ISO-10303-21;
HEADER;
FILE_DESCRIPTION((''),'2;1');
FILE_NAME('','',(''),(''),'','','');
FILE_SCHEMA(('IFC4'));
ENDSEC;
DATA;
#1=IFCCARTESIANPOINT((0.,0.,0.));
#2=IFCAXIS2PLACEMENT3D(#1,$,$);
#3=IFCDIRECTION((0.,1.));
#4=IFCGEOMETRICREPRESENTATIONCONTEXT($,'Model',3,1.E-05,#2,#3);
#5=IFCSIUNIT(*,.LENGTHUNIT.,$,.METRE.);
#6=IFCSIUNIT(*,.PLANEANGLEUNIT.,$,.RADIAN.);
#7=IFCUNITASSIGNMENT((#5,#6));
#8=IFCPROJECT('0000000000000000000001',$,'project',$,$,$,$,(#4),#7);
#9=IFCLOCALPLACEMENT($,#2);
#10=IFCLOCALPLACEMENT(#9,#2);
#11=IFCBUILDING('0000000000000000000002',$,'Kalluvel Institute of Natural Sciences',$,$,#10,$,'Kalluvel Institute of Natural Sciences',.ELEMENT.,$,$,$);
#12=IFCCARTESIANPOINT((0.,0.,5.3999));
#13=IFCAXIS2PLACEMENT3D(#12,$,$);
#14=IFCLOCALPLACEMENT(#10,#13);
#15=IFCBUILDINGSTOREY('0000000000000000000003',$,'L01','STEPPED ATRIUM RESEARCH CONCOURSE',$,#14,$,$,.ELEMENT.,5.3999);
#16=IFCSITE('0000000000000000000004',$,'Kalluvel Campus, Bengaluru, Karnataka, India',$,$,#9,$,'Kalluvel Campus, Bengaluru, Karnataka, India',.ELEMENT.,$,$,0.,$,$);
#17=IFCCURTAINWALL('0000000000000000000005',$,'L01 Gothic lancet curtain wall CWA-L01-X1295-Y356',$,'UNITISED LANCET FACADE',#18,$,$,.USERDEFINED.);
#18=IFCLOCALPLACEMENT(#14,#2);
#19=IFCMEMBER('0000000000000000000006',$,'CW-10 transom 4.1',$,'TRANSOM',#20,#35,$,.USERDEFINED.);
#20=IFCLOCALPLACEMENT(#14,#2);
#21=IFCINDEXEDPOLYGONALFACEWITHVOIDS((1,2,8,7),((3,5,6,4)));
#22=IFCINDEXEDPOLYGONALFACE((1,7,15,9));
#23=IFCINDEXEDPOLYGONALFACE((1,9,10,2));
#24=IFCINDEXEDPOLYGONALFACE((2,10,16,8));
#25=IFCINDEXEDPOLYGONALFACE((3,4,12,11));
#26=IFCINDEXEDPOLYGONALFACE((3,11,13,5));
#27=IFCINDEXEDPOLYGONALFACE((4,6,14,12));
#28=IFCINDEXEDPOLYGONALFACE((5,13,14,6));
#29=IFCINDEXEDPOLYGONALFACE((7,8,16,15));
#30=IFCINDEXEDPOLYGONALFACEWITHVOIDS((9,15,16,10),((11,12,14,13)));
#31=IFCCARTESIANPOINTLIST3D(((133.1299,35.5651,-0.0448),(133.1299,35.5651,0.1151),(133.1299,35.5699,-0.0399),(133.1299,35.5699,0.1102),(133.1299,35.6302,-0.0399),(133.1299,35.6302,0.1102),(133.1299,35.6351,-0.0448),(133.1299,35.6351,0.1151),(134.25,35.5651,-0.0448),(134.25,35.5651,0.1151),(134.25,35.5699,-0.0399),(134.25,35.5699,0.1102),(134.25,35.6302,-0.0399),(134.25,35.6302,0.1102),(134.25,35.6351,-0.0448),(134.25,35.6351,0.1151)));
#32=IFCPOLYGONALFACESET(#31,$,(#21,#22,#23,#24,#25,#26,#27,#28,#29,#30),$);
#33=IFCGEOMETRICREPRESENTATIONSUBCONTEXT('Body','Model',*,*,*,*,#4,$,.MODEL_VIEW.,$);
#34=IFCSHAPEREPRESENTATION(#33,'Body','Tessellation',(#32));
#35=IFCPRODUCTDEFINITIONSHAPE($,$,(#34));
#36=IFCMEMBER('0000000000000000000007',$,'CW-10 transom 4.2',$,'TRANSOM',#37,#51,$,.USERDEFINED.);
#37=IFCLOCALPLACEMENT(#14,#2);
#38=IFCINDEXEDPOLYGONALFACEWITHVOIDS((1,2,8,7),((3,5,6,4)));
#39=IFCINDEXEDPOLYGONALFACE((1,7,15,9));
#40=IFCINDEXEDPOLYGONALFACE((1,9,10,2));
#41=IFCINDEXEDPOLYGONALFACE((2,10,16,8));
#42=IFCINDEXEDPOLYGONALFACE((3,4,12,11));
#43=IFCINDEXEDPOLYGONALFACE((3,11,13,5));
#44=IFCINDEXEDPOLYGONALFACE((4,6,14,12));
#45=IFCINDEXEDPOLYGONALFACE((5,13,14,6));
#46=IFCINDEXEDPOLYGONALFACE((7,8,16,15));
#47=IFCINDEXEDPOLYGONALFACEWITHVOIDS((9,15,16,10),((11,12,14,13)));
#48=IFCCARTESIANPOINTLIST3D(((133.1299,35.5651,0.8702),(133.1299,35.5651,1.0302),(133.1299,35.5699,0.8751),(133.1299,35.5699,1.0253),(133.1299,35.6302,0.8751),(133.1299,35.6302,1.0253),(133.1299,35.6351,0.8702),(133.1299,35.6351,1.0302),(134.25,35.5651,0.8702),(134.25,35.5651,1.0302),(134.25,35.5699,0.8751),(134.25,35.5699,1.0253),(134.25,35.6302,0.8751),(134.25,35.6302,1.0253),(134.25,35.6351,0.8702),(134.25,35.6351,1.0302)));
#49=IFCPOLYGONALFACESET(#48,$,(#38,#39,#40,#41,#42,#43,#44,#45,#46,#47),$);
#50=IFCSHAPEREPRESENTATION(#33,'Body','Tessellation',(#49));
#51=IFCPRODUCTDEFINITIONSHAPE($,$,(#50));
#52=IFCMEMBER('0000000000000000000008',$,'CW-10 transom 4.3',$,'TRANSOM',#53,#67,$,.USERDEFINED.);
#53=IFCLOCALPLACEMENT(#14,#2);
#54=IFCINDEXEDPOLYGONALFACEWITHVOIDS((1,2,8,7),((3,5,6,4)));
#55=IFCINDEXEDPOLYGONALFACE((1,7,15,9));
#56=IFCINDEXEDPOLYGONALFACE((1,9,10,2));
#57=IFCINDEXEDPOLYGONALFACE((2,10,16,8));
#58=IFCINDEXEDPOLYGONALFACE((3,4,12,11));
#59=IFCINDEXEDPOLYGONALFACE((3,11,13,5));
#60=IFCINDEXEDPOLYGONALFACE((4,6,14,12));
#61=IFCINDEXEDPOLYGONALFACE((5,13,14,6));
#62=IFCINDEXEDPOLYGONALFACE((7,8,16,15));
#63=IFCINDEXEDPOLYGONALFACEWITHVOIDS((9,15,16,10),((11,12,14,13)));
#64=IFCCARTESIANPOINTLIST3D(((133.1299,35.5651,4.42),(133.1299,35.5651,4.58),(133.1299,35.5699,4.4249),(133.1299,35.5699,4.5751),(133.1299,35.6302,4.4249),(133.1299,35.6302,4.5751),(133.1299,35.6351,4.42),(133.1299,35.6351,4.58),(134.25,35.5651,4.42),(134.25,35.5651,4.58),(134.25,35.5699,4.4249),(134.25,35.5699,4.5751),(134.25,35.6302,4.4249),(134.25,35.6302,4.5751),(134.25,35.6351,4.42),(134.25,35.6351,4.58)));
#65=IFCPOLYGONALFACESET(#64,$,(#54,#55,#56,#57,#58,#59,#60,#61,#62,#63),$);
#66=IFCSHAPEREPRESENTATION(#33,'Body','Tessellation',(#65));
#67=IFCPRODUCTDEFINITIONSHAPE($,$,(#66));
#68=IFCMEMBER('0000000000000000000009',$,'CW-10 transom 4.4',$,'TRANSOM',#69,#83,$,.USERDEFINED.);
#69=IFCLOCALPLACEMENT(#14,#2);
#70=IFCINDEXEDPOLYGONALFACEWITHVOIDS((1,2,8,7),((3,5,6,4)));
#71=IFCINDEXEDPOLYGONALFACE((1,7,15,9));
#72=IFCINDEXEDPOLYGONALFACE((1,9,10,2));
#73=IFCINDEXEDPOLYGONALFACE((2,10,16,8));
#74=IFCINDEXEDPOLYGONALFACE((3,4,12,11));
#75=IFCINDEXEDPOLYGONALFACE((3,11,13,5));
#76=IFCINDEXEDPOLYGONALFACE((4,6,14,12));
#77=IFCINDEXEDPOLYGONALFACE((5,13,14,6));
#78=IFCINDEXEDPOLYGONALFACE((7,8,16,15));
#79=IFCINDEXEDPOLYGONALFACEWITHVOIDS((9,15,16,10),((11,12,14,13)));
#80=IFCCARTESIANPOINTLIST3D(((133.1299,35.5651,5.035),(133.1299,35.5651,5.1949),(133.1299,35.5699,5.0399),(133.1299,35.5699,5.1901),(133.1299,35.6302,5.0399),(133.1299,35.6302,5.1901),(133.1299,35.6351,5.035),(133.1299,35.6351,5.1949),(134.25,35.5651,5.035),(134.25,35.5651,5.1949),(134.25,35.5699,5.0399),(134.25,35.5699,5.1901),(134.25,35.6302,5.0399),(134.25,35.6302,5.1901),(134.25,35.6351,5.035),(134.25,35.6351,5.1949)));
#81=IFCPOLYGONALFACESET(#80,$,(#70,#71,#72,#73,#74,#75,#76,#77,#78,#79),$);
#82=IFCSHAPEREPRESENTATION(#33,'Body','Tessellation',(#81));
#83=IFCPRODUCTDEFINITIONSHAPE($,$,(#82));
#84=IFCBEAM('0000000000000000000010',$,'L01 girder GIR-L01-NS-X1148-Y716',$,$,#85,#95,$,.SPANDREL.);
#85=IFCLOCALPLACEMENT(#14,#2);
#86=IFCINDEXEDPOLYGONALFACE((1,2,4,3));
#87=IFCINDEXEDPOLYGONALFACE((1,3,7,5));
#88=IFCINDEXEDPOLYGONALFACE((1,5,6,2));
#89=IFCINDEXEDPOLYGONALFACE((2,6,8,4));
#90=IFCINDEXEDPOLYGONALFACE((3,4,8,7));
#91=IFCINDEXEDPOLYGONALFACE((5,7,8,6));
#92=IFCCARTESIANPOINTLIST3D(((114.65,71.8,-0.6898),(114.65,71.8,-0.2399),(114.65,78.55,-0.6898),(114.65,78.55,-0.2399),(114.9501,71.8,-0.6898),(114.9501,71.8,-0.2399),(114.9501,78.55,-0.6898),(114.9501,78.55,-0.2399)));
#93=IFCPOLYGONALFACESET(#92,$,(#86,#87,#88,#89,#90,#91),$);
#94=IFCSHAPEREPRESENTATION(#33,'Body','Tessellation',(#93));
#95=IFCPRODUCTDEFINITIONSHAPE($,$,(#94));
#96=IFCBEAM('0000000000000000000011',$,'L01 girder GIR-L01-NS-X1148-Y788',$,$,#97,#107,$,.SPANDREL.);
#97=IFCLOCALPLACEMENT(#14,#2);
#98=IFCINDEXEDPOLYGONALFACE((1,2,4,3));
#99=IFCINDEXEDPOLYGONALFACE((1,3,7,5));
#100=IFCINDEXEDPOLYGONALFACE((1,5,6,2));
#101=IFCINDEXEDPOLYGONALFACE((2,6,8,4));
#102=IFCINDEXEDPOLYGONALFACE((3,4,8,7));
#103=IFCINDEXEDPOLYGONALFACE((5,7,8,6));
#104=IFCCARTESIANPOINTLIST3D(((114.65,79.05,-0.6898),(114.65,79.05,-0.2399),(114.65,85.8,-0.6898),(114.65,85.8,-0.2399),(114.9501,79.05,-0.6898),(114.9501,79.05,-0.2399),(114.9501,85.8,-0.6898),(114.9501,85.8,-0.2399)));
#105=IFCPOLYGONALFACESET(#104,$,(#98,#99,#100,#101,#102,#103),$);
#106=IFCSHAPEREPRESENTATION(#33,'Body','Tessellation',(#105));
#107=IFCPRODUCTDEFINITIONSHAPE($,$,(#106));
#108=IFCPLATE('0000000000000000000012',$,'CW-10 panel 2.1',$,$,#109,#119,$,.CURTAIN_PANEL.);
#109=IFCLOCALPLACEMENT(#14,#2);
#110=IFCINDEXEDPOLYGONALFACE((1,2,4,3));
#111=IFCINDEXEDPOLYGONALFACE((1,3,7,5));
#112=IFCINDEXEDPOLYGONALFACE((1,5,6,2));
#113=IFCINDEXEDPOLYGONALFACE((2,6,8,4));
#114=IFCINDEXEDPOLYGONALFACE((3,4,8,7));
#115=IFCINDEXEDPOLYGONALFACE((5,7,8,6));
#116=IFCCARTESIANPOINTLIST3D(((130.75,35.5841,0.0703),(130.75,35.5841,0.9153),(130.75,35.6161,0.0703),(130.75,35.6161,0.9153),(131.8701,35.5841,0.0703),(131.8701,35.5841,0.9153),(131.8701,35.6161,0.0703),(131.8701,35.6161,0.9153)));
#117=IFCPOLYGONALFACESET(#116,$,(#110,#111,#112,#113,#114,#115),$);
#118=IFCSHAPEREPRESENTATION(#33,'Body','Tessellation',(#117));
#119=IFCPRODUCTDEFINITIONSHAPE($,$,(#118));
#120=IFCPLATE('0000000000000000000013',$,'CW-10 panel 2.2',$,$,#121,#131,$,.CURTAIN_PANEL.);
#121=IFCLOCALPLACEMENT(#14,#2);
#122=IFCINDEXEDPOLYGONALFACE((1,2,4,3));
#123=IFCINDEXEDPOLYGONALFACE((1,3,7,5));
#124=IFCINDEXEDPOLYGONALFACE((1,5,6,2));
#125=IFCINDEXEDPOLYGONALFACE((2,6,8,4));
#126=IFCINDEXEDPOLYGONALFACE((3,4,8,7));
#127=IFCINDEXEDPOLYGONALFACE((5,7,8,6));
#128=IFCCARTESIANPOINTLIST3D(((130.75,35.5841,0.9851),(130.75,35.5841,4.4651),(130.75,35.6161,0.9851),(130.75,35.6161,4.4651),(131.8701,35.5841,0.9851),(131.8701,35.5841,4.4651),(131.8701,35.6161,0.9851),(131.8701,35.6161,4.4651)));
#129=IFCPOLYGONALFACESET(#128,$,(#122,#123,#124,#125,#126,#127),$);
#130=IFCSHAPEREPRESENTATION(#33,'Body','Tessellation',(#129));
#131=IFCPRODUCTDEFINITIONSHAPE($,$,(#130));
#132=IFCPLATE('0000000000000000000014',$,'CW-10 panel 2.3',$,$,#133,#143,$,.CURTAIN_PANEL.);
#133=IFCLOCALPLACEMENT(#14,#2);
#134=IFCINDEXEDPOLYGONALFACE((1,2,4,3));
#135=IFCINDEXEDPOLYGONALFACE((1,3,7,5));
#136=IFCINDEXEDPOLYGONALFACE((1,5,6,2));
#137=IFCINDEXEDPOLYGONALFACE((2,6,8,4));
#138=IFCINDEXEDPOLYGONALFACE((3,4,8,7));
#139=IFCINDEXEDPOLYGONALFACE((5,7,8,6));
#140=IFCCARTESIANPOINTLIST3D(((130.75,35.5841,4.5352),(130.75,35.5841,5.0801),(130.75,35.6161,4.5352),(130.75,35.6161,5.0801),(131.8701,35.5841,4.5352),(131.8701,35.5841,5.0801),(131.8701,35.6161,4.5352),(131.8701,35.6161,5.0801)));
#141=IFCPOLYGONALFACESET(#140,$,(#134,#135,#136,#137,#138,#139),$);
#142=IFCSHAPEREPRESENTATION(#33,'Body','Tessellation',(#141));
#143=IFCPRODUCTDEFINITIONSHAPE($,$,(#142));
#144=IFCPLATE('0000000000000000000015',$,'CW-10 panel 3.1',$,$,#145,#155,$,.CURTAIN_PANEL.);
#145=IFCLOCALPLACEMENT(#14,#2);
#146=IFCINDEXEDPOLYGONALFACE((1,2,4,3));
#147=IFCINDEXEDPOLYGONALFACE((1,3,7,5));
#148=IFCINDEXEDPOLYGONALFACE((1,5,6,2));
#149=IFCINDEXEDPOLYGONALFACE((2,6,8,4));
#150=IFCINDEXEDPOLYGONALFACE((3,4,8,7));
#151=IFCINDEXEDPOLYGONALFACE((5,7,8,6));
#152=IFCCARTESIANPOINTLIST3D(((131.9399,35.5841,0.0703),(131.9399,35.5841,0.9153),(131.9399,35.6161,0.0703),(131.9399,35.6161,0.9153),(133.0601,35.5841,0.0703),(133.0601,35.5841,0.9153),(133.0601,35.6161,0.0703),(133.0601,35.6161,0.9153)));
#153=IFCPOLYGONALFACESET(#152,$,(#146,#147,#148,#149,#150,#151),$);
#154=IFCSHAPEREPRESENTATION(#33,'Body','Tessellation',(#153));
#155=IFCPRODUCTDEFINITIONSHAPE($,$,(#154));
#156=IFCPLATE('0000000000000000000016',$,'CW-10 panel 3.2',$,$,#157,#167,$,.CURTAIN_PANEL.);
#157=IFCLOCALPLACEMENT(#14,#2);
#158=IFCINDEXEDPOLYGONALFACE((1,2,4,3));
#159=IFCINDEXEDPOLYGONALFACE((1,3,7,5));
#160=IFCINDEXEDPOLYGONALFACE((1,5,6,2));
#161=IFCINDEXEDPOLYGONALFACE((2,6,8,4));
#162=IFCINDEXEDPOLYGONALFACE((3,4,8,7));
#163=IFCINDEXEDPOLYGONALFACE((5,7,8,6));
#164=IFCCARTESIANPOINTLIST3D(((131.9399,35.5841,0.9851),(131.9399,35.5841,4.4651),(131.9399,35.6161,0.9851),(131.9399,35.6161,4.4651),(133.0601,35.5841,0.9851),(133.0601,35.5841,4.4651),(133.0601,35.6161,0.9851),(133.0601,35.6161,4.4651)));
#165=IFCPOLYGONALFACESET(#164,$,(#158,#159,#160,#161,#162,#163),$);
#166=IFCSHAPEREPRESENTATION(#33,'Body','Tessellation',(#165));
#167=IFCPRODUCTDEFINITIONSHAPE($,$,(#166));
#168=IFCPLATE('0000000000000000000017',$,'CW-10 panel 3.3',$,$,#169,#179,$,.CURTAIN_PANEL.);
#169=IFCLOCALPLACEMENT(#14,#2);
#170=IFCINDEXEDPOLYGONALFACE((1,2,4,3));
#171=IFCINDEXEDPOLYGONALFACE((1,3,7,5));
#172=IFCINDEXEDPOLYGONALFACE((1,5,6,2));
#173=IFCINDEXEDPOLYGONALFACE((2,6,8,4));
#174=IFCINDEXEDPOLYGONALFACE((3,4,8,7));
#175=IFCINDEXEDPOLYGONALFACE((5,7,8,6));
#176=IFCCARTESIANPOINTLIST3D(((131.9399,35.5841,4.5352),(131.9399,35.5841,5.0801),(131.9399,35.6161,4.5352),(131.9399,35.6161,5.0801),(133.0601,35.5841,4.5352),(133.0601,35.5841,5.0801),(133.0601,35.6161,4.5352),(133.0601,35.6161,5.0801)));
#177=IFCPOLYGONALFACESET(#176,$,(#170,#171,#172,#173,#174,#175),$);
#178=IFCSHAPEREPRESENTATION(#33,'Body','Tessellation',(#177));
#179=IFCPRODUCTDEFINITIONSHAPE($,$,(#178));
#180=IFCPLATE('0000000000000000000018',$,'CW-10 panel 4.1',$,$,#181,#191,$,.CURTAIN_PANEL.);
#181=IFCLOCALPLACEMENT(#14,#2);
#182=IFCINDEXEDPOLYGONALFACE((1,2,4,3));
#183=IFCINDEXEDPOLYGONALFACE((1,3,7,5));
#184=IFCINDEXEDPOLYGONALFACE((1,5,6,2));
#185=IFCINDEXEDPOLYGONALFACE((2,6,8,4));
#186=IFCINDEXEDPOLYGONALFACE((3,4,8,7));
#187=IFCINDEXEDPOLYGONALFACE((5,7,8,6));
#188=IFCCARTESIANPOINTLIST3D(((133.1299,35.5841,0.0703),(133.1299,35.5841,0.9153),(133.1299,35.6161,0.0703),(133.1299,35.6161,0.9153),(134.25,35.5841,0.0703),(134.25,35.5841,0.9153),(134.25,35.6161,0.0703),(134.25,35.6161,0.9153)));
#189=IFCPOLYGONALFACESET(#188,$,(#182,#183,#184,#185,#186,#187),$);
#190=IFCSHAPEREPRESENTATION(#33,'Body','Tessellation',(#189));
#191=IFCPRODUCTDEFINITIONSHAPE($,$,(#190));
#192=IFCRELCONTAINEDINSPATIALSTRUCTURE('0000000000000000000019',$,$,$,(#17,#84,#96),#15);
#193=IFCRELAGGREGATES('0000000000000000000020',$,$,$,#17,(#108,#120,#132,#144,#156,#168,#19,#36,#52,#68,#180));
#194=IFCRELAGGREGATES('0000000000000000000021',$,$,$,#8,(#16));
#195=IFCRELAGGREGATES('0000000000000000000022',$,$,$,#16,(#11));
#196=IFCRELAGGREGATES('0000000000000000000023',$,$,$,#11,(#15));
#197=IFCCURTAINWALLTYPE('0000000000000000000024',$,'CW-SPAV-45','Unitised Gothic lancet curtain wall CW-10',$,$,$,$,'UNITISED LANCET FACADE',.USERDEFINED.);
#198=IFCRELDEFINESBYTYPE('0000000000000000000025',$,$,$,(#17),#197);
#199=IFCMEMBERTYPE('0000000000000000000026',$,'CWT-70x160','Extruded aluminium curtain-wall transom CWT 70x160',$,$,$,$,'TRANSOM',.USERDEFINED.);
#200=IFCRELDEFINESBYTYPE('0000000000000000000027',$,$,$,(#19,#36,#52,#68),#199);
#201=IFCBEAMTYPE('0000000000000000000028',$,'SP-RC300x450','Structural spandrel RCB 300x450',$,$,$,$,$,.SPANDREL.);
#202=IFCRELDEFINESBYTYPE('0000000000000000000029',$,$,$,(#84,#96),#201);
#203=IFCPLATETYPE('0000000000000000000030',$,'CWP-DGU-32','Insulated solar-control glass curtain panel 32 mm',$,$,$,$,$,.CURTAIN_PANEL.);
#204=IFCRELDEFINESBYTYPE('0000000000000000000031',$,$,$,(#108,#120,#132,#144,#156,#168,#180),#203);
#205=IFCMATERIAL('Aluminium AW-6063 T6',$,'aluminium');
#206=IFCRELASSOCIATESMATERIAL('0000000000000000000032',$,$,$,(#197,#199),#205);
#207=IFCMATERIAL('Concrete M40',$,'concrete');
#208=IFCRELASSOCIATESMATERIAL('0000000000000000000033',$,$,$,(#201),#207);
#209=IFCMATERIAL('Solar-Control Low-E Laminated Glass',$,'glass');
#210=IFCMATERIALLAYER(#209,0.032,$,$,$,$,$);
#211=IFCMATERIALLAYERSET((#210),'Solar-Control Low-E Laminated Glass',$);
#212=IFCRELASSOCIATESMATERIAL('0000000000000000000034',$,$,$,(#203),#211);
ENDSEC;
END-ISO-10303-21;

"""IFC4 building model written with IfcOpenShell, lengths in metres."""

from ifc_helpers import new_model, si_unit, direction, frame, origin, origin_2d, place, context, subcontext, project, spatial, rectangle, hollow_rectangle, extrude, material, layer, layer_set, material_profile, profile_set, type_object, element, aggregate, save


model = new_model("IFC4")

# Units and contexts
model_context = context("Model", 3, precision=1e-05, world=origin(), true_north=direction((0.0, 1.0)))
body_context = subcontext(model_context, "Body", "Model", "MODEL_VIEW")
ifc_project = project(units=[si_unit("LENGTHUNIT", "METRE"), si_unit("PLANEANGLEUNIT", "RADIAN")], contexts=[model_context])

# Site, building, storey
site_placement = place(None, origin())
site = spatial("IfcSite", under=ifc_project, at=site_placement, Name="Kalluvel Campus, Bengaluru, Karnataka, India", LongName="Kalluvel Campus, Bengaluru, Karnataka, India", CompositionType="ELEMENT", RefElevation=0.0)
building_placement = place(site_placement, origin())
building = spatial("IfcBuilding", under=site, at=building_placement, Name="Kalluvel Institute of Natural Sciences", LongName="Kalluvel Institute of Natural Sciences", CompositionType="ELEMENT")
storey_placement = place(building_placement, frame((0.0, 0.0, 5.3999)))
storey = spatial("IfcBuildingStorey", under=building, at=storey_placement, Name="L01", Description="STEPPED ATRIUM RESEARCH CONCOURSE", CompositionType="ELEMENT", Elevation=5.3999)

# Curtain wall, members
ifc_material_1 = material(Name="Aluminium AW-6063 T6", Category="aluminium")
curtain_wall_type = type_object("IfcCurtainWallType", Name="CW-SPAV-45", Description="Unitised Gothic lancet curtain wall CW-10", ElementType="UNITISED LANCET FACADE", PredefinedType="USERDEFINED", material=ifc_material_1)
curtain_wall_placement = place(storey_placement, origin())
curtain_wall = element("IfcCurtainWall", 1, at=curtain_wall_placement, inside=storey, type_object=curtain_wall_type, Name="L01 Gothic lancet curtain wall CWA-L01-X1295-Y356", ObjectType="UNITISED LANCET FACADE", PredefinedType="USERDEFINED")
ifc_material_profile_1 = material_profile(ifc_material_1, hollow_rectangle(XDim=0.0701, YDim=0.1599, WallThickness=0.0049, at=origin_2d()), Name="CWT 70x160")
ifc_profile_set_1 = profile_set([ifc_material_profile_1], Name="Aluminium AW-6063 T6")
member_type_1 = type_object("IfcMemberType", Name="CWT-70x160", Description="Extruded aluminium curtain-wall transom CWT 70x160", ElementType="TRANSOM", PredefinedType="USERDEFINED", material=ifc_profile_set_1)
member_1_placement = place(storey_placement, frame((133.1299, 35.6001, 0.0352), z_axis=(1.0, 0.0, 0.0), x_axis=(0.0, 1.0, 0.0)))
member_1 = element("IfcMember", 2, at=member_1_placement, type_object=member_type_1, Name="CW-10 transom 4.1", ObjectType="TRANSOM", PredefinedType="USERDEFINED", context=body_context, shape_type="SweptSolid", body=[
    extrude(hollow_rectangle(XDim=0.0701, YDim=0.1599, WallThickness=0.0049, at=origin_2d()), origin(), (0.0, 0.0, 1.0), 1.1201),
])
member_2_placement = place(storey_placement, frame((133.1299, 35.6001, 0.9502), z_axis=(1.0, 0.0, 0.0), x_axis=(0.0, 1.0, 0.0)))
member_2 = element("IfcMember", 3, at=member_2_placement, type_object=member_type_1, Name="CW-10 transom 4.2", ObjectType="TRANSOM", PredefinedType="USERDEFINED", context=body_context, shape_type="SweptSolid", body=[
    extrude(hollow_rectangle(XDim=0.0701, YDim=0.1599, WallThickness=0.0049, at=origin_2d()), origin(), (0.0, 0.0, 1.0), 1.1201),
])
member_3_placement = place(storey_placement, frame((133.1299, 35.6001, 4.5), z_axis=(1.0, 0.0, 0.0), x_axis=(0.0, 1.0, 0.0)))
member_3 = element("IfcMember", 4, at=member_3_placement, type_object=member_type_1, Name="CW-10 transom 4.3", ObjectType="TRANSOM", PredefinedType="USERDEFINED", context=body_context, shape_type="SweptSolid", body=[
    extrude(hollow_rectangle(XDim=0.0701, YDim=0.1599, WallThickness=0.0049, at=origin_2d()), origin(), (0.0, 0.0, 1.0), 1.1201),
])
member_4_placement = place(storey_placement, frame((133.1299, 35.6001, 5.115), z_axis=(1.0, 0.0, 0.0), x_axis=(0.0, 1.0, 0.0)))
member_4 = element("IfcMember", 5, at=member_4_placement, type_object=member_type_1, Name="CW-10 transom 4.4", ObjectType="TRANSOM", PredefinedType="USERDEFINED", context=body_context, shape_type="SweptSolid", body=[
    extrude(hollow_rectangle(XDim=0.0701, YDim=0.1599, WallThickness=0.0049, at=origin_2d()), origin(), (0.0, 0.0, 1.0), 1.1201),
])

# Beams
ifc_material_2 = material(Name="Concrete M40", Category="concrete")
ifc_material_profile_2 = material_profile(ifc_material_2, rectangle(XDim=0.3, YDim=0.45, at=origin_2d()), Name="RCB 300x450")
ifc_profile_set_2 = profile_set([ifc_material_profile_2], Name="Concrete M40")
beam_type = type_object("IfcBeamType", Name="SP-RC300x450", Description="Structural spandrel RCB 300x450", PredefinedType="SPANDREL", material=ifc_profile_set_2)
for number, where, z_axis, x_axis, name in (
    (6, (114.8, 71.8, -0.4648), (0.0, 1.0, 0.0), (-1.0, 0.0, 0.0), "L01 girder GIR-L01-NS-X1148-Y716"),
    (7, (114.8, 79.05, -0.4648), (0.0, 1.0, 0.0), (-1.0, 0.0, 0.0), "L01 girder GIR-L01-NS-X1148-Y788"),
):
    element("IfcBeam", number, at=place(storey_placement, frame(where, z_axis=z_axis, x_axis=x_axis)), inside=storey, type_object=beam_type, Name=name, PredefinedType="SPANDREL", context=body_context, shape_type="SweptSolid", body=[
        extrude(rectangle(XDim=0.3, YDim=0.45, at=origin_2d()), origin(), (0.0, 0.0, 1.0), 6.75),
    ])

# Plates
ifc_material_3 = material(Name="Solar-Control Low-E Laminated Glass", Category="glass")
ifc_layer = layer(ifc_material_3, 0.032)
ifc_layer_set = layer_set([ifc_layer], Name="Solar-Control Low-E Laminated Glass")
plate_type = type_object("IfcPlateType", Name="CWP-DGU-32", Description="Insulated solar-control glass curtain panel 32 mm", PredefinedType="CURTAIN_PANEL", material=ifc_layer_set)
plate_1_placement = place(storey_placement, frame((131.3101, 35.6001, 0.0703), z_axis=(0.0, 0.0, 1.0), x_axis=(1.0, 0.0, 0.0)))
plate_1 = element("IfcPlate", 8, at=plate_1_placement, type_object=plate_type, Name="CW-10 panel 2.1", PredefinedType="CURTAIN_PANEL", context=body_context, shape_type="SweptSolid", body=[
    extrude(rectangle(XDim=1.1201, YDim=0.032, at=origin_2d()), origin(), (0.0, 0.0, 1.0), 0.845),
])
plate_2_placement = place(storey_placement, frame((131.3101, 35.6001, 0.9851), z_axis=(0.0, 0.0, 1.0), x_axis=(1.0, 0.0, 0.0)))
plate_2 = element("IfcPlate", 9, at=plate_2_placement, type_object=plate_type, Name="CW-10 panel 2.2", PredefinedType="CURTAIN_PANEL", context=body_context, shape_type="SweptSolid", body=[
    extrude(rectangle(XDim=1.1201, YDim=0.032, at=origin_2d()), origin(), (0.0, 0.0, 1.0), 3.48),
])
plate_3_placement = place(storey_placement, frame((131.3101, 35.6001, 4.5352), z_axis=(0.0, 0.0, 1.0), x_axis=(1.0, 0.0, 0.0)))
plate_3 = element("IfcPlate", 10, at=plate_3_placement, type_object=plate_type, Name="CW-10 panel 2.3", PredefinedType="CURTAIN_PANEL", context=body_context, shape_type="SweptSolid", body=[
    extrude(rectangle(XDim=1.1201, YDim=0.032, at=origin_2d()), origin(), (0.0, 0.0, 1.0), 0.5449),
])
plate_4_placement = place(storey_placement, frame((132.5, 35.6001, 0.0703), z_axis=(0.0, 0.0, 1.0), x_axis=(1.0, 0.0, 0.0)))
plate_4 = element("IfcPlate", 11, at=plate_4_placement, type_object=plate_type, Name="CW-10 panel 3.1", PredefinedType="CURTAIN_PANEL", context=body_context, shape_type="SweptSolid", body=[
    extrude(rectangle(XDim=1.1201, YDim=0.032, at=origin_2d()), origin(), (0.0, 0.0, 1.0), 0.845),
])
plate_5_placement = place(storey_placement, frame((132.5, 35.6001, 0.9851), z_axis=(0.0, 0.0, 1.0), x_axis=(1.0, 0.0, 0.0)))
plate_5 = element("IfcPlate", 12, at=plate_5_placement, type_object=plate_type, Name="CW-10 panel 3.2", PredefinedType="CURTAIN_PANEL", context=body_context, shape_type="SweptSolid", body=[
    extrude(rectangle(XDim=1.1201, YDim=0.032, at=origin_2d()), origin(), (0.0, 0.0, 1.0), 3.48),
])
plate_6_placement = place(storey_placement, frame((132.5, 35.6001, 4.5352), z_axis=(0.0, 0.0, 1.0), x_axis=(1.0, 0.0, 0.0)))
plate_6 = element("IfcPlate", 13, at=plate_6_placement, type_object=plate_type, Name="CW-10 panel 3.3", PredefinedType="CURTAIN_PANEL", context=body_context, shape_type="SweptSolid", body=[
    extrude(rectangle(XDim=1.1201, YDim=0.032, at=origin_2d()), origin(), (0.0, 0.0, 1.0), 0.5449),
])
plate_7_placement = place(storey_placement, frame((133.6899, 35.6001, 0.0703), z_axis=(0.0, 0.0, 1.0), x_axis=(1.0, 0.0, 0.0)))
plate_7 = element("IfcPlate", 14, at=plate_7_placement, type_object=plate_type, Name="CW-10 panel 4.1", PredefinedType="CURTAIN_PANEL", context=body_context, shape_type="SweptSolid", body=[
    extrude(rectangle(XDim=1.1201, YDim=0.032, at=origin_2d()), origin(), (0.0, 0.0, 1.0), 0.845),
])
aggregate(curtain_wall, [plate_1, plate_2, plate_3, plate_4, plate_5, plate_6, member_1, member_2, member_3, member_4, plate_7])

save(model, "model.ifc")
